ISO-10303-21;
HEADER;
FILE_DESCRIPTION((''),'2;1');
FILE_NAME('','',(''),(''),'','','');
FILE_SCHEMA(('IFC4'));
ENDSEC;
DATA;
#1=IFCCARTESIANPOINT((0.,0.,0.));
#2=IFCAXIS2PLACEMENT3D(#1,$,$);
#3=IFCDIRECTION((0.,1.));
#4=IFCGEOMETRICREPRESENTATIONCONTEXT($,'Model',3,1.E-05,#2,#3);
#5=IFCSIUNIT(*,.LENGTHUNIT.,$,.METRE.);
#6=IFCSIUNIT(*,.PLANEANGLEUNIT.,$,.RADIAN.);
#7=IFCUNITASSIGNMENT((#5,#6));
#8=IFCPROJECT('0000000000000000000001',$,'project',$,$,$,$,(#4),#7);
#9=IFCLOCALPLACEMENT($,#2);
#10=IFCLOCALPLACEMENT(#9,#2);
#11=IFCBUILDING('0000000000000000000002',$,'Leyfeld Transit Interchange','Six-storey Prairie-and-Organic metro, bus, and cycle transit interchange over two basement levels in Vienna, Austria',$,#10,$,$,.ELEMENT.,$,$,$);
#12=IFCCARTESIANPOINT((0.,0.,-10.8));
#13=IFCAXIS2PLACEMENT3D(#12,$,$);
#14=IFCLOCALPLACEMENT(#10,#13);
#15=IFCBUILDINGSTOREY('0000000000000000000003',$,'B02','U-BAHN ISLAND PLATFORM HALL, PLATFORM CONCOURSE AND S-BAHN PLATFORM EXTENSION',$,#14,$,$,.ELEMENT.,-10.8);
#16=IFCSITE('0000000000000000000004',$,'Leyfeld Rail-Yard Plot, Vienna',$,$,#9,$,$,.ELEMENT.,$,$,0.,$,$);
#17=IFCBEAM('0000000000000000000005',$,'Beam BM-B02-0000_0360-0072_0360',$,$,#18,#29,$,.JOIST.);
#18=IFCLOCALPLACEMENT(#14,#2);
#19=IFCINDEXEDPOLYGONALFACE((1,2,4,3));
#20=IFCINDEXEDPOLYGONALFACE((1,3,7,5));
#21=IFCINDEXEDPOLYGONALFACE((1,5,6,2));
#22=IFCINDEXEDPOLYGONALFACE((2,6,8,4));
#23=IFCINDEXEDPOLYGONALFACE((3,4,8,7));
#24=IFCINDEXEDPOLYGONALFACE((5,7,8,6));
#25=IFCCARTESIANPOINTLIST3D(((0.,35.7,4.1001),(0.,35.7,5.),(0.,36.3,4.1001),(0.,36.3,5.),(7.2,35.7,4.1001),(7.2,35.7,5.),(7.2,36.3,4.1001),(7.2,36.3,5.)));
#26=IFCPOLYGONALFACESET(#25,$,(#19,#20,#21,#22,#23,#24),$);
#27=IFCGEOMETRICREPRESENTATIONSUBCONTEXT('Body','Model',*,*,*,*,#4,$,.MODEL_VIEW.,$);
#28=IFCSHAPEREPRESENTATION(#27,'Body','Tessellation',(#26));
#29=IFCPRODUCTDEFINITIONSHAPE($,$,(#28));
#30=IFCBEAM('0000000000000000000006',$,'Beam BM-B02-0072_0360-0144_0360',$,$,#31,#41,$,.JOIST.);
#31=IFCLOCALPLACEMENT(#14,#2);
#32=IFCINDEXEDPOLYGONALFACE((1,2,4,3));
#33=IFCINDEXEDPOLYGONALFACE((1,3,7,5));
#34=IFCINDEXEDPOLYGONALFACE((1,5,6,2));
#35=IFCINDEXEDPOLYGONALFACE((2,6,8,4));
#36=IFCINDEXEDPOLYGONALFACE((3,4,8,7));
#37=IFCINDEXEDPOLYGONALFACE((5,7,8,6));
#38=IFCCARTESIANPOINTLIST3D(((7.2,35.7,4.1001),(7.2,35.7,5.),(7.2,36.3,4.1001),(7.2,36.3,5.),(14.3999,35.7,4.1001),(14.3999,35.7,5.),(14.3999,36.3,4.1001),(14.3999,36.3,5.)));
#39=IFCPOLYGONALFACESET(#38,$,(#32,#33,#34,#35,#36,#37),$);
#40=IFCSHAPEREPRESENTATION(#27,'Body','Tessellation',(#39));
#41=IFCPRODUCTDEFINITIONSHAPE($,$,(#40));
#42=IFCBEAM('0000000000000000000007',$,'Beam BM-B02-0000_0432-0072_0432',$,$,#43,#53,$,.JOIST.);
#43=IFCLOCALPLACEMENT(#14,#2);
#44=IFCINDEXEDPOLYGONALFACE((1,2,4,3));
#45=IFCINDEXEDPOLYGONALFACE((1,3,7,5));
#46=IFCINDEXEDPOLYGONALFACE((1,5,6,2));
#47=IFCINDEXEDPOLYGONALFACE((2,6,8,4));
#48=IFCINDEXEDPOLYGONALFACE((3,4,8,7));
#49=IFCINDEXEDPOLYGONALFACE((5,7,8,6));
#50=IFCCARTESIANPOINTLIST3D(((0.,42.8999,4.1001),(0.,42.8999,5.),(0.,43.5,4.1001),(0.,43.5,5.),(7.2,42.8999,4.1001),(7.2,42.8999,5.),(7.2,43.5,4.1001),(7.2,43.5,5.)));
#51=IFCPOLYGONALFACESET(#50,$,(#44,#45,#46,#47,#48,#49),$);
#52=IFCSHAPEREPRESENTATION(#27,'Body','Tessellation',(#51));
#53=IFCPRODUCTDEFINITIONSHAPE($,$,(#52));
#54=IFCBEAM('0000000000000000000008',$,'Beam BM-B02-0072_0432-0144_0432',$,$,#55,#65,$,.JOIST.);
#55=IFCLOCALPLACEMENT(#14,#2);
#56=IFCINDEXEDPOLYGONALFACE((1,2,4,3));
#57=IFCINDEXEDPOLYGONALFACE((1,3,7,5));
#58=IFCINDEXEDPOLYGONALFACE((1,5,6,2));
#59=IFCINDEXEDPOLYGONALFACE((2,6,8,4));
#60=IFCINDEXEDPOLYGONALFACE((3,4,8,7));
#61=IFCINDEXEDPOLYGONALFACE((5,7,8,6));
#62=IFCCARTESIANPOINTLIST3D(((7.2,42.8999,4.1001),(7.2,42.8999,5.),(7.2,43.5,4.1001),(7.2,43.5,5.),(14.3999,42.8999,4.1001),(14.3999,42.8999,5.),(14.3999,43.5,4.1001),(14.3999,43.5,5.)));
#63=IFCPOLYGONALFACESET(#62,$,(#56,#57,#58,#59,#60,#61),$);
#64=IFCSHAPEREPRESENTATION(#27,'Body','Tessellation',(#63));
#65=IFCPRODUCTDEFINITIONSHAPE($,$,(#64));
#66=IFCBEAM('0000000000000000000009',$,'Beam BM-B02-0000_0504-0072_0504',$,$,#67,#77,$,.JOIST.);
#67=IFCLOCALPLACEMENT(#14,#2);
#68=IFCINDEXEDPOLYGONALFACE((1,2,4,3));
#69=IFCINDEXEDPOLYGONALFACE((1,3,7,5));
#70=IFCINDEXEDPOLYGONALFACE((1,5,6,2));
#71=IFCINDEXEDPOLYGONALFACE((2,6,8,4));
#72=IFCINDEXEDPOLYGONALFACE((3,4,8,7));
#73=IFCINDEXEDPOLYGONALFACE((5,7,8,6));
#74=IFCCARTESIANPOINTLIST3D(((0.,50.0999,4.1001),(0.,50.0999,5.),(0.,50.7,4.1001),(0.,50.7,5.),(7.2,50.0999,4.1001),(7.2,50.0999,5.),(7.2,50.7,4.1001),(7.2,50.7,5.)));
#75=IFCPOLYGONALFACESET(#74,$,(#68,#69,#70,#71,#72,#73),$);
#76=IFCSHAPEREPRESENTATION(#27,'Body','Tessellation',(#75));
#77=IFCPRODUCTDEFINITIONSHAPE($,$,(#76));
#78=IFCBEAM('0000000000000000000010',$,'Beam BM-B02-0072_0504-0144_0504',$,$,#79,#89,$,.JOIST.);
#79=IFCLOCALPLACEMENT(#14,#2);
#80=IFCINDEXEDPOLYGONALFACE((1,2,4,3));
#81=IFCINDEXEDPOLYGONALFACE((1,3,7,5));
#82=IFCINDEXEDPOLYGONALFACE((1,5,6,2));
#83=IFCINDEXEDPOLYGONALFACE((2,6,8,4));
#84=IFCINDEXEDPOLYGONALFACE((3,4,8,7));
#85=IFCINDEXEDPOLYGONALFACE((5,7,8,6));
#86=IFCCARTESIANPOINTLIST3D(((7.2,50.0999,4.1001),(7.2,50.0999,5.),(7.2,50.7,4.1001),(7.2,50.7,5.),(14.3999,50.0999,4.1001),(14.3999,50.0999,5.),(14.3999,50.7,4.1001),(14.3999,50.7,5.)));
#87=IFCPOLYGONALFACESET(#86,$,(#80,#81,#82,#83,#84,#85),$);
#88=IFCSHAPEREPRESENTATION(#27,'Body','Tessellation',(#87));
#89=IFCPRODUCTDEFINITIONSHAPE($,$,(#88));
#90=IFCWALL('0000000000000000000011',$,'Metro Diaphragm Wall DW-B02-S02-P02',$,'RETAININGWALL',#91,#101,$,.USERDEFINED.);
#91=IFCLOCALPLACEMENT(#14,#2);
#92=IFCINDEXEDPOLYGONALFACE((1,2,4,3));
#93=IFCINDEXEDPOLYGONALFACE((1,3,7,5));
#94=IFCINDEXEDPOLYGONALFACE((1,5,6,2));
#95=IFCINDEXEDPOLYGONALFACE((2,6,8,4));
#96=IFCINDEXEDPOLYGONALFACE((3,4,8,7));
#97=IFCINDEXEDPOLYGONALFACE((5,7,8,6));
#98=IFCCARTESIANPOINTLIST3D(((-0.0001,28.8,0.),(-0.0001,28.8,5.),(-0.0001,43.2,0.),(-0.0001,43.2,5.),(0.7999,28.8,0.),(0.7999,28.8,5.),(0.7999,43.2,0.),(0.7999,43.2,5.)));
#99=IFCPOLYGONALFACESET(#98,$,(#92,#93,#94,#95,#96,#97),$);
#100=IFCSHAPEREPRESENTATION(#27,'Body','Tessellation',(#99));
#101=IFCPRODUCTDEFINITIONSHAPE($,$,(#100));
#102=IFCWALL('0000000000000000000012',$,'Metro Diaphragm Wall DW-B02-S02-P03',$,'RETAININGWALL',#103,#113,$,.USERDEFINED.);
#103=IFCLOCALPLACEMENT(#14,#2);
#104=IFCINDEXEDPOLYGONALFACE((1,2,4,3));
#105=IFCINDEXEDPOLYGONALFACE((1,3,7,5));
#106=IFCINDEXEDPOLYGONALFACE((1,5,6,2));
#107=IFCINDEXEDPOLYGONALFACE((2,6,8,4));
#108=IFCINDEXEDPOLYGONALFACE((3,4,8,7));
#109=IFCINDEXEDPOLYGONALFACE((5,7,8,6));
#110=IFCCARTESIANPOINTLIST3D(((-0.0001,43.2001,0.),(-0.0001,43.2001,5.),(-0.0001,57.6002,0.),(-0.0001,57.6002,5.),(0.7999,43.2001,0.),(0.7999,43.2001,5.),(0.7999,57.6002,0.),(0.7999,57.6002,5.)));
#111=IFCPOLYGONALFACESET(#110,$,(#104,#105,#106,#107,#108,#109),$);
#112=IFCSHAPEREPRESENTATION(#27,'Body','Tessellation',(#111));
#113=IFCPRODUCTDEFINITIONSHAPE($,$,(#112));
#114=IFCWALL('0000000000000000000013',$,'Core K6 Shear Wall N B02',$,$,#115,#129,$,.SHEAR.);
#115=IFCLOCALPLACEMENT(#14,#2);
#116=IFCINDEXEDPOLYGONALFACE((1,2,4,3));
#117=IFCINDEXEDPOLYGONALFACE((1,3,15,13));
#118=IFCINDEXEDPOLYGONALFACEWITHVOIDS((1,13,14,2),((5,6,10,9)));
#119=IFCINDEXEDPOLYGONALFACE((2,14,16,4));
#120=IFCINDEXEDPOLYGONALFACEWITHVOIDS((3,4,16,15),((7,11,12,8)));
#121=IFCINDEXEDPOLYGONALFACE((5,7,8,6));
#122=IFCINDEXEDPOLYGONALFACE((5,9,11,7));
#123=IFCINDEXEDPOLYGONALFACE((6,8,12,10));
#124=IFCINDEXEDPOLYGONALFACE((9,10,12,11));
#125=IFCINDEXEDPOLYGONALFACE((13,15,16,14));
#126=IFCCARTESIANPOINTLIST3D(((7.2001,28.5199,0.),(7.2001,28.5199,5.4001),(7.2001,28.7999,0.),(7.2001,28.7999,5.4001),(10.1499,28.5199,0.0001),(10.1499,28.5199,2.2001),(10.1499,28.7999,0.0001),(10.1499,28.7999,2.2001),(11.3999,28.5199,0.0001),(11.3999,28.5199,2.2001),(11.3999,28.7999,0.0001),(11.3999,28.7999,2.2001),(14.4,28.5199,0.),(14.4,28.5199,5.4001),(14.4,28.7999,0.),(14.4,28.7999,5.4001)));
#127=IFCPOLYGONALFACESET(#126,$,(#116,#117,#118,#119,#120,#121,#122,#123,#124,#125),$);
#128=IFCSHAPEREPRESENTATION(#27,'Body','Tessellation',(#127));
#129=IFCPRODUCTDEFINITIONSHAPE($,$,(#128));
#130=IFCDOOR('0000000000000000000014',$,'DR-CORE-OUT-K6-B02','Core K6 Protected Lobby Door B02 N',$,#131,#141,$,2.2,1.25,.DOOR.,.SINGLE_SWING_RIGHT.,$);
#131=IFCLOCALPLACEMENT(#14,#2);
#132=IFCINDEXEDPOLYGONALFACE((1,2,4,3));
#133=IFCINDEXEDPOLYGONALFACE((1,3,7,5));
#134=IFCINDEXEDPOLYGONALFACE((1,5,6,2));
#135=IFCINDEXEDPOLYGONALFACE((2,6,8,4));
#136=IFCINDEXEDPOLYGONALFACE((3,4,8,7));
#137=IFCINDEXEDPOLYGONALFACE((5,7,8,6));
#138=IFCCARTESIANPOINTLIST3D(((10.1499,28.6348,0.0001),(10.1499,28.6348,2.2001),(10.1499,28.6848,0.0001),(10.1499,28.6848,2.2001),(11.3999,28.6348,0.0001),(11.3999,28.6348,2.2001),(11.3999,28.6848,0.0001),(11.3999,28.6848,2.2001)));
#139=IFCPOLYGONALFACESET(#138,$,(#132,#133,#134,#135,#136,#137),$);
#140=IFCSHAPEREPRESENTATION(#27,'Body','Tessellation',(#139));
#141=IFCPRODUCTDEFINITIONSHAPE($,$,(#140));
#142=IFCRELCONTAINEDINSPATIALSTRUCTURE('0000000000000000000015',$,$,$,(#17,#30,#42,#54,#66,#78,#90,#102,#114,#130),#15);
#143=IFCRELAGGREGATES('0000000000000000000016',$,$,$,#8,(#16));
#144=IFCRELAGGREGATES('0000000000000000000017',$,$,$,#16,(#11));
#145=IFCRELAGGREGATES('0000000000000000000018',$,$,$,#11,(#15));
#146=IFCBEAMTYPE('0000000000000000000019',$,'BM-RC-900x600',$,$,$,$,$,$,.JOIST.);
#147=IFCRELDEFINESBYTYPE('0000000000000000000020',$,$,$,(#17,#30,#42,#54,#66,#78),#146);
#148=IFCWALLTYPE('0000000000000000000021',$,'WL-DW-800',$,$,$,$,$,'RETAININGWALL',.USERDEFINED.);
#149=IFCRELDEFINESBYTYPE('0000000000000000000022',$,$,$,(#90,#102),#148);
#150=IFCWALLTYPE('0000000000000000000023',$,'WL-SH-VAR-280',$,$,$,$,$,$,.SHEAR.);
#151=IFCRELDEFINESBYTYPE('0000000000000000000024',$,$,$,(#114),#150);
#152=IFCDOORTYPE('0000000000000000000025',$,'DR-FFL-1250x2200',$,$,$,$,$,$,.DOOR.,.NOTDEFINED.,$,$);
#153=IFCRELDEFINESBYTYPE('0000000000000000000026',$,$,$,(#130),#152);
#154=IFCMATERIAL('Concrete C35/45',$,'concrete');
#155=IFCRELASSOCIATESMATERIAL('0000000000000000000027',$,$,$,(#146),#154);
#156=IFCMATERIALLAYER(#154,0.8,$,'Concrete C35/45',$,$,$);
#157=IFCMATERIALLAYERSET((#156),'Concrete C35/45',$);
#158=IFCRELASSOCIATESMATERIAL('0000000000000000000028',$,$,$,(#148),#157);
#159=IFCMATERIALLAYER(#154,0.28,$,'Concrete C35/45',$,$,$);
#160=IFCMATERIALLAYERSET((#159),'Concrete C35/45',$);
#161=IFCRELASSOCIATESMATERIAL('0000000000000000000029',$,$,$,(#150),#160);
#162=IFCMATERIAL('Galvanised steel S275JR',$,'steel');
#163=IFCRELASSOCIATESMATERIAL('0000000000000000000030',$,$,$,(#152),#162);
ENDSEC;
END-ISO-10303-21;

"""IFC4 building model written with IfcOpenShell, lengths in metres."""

from ifc_helpers import new_model, si_unit, direction, frame, frame_2d, origin, origin_2d, place, context, subcontext, project, spatial, rectangle, extrude, material, layer, layer_set, material_profile, profile_set, type_object, element, fill, save


model = new_model("IFC4")

# Units and contexts
model_context = context("Model", 3, precision=1e-05, world=origin(), true_north=direction((0.0, 1.0)))
body_context = subcontext(model_context, "Body", "Model", "MODEL_VIEW")
ifc_project = project(units=[si_unit("LENGTHUNIT", "METRE"), si_unit("PLANEANGLEUNIT", "RADIAN")], contexts=[model_context])

# Site, building, storey
site_placement = place(None, origin())
site = spatial("IfcSite", under=ifc_project, at=site_placement, Name="Leyfeld Rail-Yard Plot, Vienna", CompositionType="ELEMENT", RefElevation=0.0)
building_placement = place(site_placement, origin())
building = spatial("IfcBuilding", under=site, at=building_placement, Name="Leyfeld Transit Interchange", Description="Six-storey Prairie-and-Organic metro, bus, and cycle transit interchange over two basement levels in Vienna, Austria", CompositionType="ELEMENT")
storey_placement = place(building_placement, frame((0.0, 0.0, -10.8)))
storey = spatial("IfcBuildingStorey", under=building, at=storey_placement, Name="B02", Description="U-BAHN ISLAND PLATFORM HALL, PLATFORM CONCOURSE AND S-BAHN PLATFORM EXTENSION", CompositionType="ELEMENT", Elevation=-10.8)

# Shared definitions
ifc_material_1 = material(Name="Concrete C35/45", Category="concrete")

# Beams
ifc_material_profile_1 = material_profile(ifc_material_1, rectangle(XDim=0.6001, YDim=0.8999, at=origin_2d()), Name="RC 900x600")
ifc_profile_set_1 = profile_set([ifc_material_profile_1], Name="Concrete C35/45")
beam_type_1 = type_object("IfcBeamType", Name="BM-RC-900x600", PredefinedType="JOIST", material=ifc_profile_set_1)
for number, where, z_axis, x_axis, name in (
    (1, (0.0, 36.0, 4.55), (1.0, 0.0, 0.0), (0.0, 1.0, 0.0), "Beam BM-B02-0000_0360-0072_0360"),
    (2, (7.2, 36.0, 4.55), (1.0, 0.0, 0.0), (0.0, 1.0, 0.0), "Beam BM-B02-0072_0360-0144_0360"),
    (3, (0.0, 43.2, 4.55), (1.0, 0.0, 0.0), (0.0, 1.0, 0.0), "Beam BM-B02-0000_0432-0072_0432"),
    (4, (7.2, 43.2, 4.55), (1.0, 0.0, 0.0), (0.0, 1.0, 0.0), "Beam BM-B02-0072_0432-0144_0432"),
    (5, (0.0, 50.3999, 4.55), (1.0, 0.0, 0.0), (0.0, 1.0, 0.0), "Beam BM-B02-0000_0504-0072_0504"),
    (6, (7.2, 50.3999, 4.55), (1.0, 0.0, 0.0), (0.0, 1.0, 0.0), "Beam BM-B02-0072_0504-0144_0504"),
):
    element("IfcBeam", number, at=place(storey_placement, frame(where, z_axis=z_axis, x_axis=x_axis)), inside=storey, type_object=beam_type_1, Name=name, PredefinedType="JOIST", context=body_context, shape_type="SweptSolid", body=[
        extrude(rectangle(XDim=0.6001, YDim=0.8999, at=origin_2d()), origin(), (0.0, 0.0, 1.0), 7.2),
    ])

# Walls
ifc_layer_1 = layer(ifc_material_1, 0.8, Name="Concrete C35/45")
ifc_layer_set_1 = layer_set([ifc_layer_1], Name="Concrete C35/45")
wall_type_1 = type_object("IfcWallType", Name="WL-DW-800", ElementType="RETAININGWALL", PredefinedType="USERDEFINED", material=ifc_layer_set_1)
wall_1_placement = place(storey_placement, frame((0.3999, 28.8, 0.0), z_axis=(0.0, 0.0, 1.0), x_axis=(0.0, 1.0, 0.0)))
element("IfcWall", 7, at=wall_1_placement, inside=storey, type_object=wall_type_1, Name="Metro Diaphragm Wall DW-B02-S02-P02", ObjectType="RETAININGWALL", PredefinedType="USERDEFINED", context=body_context, shape_type="SweptSolid", body=[
    extrude(rectangle(XDim=14.3999, YDim=0.8, at=frame_2d((7.2, 0.0))), origin(), (0.0, 0.0, 1.0), 5.0),
])
wall_2_placement = place(storey_placement, frame((0.3999, 43.2, 0.0), z_axis=(0.0, 0.0, 1.0), x_axis=(0.0, 1.0, 0.0)))
element("IfcWall", 8, at=wall_2_placement, inside=storey, type_object=wall_type_1, Name="Metro Diaphragm Wall DW-B02-S02-P03", ObjectType="RETAININGWALL", PredefinedType="USERDEFINED", context=body_context, shape_type="SweptSolid", body=[
    extrude(rectangle(XDim=14.4001, YDim=0.8, at=frame_2d((7.2002, 0.0))), origin(), (0.0, 0.0, 1.0), 5.0),
])

# Wall, opening, door
ifc_layer_2 = layer(ifc_material_1, 0.28, Name="Concrete C35/45")
ifc_layer_set_2 = layer_set([ifc_layer_2], Name="Concrete C35/45")
wall_type_2 = type_object("IfcWallType", Name="WL-SH-VAR-280", PredefinedType="SHEAR", material=ifc_layer_set_2)
wall_3_placement = place(storey_placement, frame((7.2, 28.6599, 0.0), z_axis=(0.0, 0.0, 1.0), x_axis=(1.0, 0.0, 0.0)))
wall_3 = element("IfcWall", 9, at=wall_3_placement, inside=storey, type_object=wall_type_2, Name="Core K6 Shear Wall N B02", PredefinedType="SHEAR", context=body_context, shape_type="SweptSolid", body=[
    extrude(rectangle(XDim=7.2, YDim=0.28, at=frame_2d((3.6001, 0.0))), origin(), (0.0, 0.0, 1.0), 5.4001),
])
opening_placement = place(wall_3_placement, frame((2.95, 0.0, 0.0)))
opening = element("IfcOpeningElement", 10, at=opening_placement, cuts=wall_3, PredefinedType="OPENING", context=body_context, shape_type="SweptSolid", body=[
    extrude(rectangle(XDim=1.25, YDim=2.2, at=frame_2d((0.625, 1.1001))), frame((0.0, 0.1499, 0.0), z_axis=(0.0, -1.0, 0.0), x_axis=(1.0, 0.0, 0.0)), (0.0, 0.0, 1.0), 0.3),
])
ifc_material_2 = material(Name="Galvanised steel S275JR", Category="steel")
door_type = type_object("IfcDoorType", Name="DR-FFL-1250x2200", OperationType="NOTDEFINED", PredefinedType="DOOR", material=ifc_material_2)
door_placement = place(opening_placement, origin())
door = element("IfcDoor", 11, at=door_placement, inside=storey, type_object=door_type, Name="DR-CORE-OUT-K6-B02", Description="Core K6 Protected Lobby Door B02 N", OperationType="SINGLE_SWING_RIGHT", OverallHeight=2.2, OverallWidth=1.25, PredefinedType="DOOR", context=body_context, shape_type="SweptSolid", body=[
    extrude(rectangle(XDim=1.25, YDim=2.2, at=frame_2d((0.625, 1.1001))), frame((0.0, 0.0249, 0.0), z_axis=(0.0, -1.0, 0.0), x_axis=(1.0, 0.0, 0.0)), (0.0, 0.0, 1.0), 0.05),
])
fill(opening, door)

save(model, "model.ifc")
